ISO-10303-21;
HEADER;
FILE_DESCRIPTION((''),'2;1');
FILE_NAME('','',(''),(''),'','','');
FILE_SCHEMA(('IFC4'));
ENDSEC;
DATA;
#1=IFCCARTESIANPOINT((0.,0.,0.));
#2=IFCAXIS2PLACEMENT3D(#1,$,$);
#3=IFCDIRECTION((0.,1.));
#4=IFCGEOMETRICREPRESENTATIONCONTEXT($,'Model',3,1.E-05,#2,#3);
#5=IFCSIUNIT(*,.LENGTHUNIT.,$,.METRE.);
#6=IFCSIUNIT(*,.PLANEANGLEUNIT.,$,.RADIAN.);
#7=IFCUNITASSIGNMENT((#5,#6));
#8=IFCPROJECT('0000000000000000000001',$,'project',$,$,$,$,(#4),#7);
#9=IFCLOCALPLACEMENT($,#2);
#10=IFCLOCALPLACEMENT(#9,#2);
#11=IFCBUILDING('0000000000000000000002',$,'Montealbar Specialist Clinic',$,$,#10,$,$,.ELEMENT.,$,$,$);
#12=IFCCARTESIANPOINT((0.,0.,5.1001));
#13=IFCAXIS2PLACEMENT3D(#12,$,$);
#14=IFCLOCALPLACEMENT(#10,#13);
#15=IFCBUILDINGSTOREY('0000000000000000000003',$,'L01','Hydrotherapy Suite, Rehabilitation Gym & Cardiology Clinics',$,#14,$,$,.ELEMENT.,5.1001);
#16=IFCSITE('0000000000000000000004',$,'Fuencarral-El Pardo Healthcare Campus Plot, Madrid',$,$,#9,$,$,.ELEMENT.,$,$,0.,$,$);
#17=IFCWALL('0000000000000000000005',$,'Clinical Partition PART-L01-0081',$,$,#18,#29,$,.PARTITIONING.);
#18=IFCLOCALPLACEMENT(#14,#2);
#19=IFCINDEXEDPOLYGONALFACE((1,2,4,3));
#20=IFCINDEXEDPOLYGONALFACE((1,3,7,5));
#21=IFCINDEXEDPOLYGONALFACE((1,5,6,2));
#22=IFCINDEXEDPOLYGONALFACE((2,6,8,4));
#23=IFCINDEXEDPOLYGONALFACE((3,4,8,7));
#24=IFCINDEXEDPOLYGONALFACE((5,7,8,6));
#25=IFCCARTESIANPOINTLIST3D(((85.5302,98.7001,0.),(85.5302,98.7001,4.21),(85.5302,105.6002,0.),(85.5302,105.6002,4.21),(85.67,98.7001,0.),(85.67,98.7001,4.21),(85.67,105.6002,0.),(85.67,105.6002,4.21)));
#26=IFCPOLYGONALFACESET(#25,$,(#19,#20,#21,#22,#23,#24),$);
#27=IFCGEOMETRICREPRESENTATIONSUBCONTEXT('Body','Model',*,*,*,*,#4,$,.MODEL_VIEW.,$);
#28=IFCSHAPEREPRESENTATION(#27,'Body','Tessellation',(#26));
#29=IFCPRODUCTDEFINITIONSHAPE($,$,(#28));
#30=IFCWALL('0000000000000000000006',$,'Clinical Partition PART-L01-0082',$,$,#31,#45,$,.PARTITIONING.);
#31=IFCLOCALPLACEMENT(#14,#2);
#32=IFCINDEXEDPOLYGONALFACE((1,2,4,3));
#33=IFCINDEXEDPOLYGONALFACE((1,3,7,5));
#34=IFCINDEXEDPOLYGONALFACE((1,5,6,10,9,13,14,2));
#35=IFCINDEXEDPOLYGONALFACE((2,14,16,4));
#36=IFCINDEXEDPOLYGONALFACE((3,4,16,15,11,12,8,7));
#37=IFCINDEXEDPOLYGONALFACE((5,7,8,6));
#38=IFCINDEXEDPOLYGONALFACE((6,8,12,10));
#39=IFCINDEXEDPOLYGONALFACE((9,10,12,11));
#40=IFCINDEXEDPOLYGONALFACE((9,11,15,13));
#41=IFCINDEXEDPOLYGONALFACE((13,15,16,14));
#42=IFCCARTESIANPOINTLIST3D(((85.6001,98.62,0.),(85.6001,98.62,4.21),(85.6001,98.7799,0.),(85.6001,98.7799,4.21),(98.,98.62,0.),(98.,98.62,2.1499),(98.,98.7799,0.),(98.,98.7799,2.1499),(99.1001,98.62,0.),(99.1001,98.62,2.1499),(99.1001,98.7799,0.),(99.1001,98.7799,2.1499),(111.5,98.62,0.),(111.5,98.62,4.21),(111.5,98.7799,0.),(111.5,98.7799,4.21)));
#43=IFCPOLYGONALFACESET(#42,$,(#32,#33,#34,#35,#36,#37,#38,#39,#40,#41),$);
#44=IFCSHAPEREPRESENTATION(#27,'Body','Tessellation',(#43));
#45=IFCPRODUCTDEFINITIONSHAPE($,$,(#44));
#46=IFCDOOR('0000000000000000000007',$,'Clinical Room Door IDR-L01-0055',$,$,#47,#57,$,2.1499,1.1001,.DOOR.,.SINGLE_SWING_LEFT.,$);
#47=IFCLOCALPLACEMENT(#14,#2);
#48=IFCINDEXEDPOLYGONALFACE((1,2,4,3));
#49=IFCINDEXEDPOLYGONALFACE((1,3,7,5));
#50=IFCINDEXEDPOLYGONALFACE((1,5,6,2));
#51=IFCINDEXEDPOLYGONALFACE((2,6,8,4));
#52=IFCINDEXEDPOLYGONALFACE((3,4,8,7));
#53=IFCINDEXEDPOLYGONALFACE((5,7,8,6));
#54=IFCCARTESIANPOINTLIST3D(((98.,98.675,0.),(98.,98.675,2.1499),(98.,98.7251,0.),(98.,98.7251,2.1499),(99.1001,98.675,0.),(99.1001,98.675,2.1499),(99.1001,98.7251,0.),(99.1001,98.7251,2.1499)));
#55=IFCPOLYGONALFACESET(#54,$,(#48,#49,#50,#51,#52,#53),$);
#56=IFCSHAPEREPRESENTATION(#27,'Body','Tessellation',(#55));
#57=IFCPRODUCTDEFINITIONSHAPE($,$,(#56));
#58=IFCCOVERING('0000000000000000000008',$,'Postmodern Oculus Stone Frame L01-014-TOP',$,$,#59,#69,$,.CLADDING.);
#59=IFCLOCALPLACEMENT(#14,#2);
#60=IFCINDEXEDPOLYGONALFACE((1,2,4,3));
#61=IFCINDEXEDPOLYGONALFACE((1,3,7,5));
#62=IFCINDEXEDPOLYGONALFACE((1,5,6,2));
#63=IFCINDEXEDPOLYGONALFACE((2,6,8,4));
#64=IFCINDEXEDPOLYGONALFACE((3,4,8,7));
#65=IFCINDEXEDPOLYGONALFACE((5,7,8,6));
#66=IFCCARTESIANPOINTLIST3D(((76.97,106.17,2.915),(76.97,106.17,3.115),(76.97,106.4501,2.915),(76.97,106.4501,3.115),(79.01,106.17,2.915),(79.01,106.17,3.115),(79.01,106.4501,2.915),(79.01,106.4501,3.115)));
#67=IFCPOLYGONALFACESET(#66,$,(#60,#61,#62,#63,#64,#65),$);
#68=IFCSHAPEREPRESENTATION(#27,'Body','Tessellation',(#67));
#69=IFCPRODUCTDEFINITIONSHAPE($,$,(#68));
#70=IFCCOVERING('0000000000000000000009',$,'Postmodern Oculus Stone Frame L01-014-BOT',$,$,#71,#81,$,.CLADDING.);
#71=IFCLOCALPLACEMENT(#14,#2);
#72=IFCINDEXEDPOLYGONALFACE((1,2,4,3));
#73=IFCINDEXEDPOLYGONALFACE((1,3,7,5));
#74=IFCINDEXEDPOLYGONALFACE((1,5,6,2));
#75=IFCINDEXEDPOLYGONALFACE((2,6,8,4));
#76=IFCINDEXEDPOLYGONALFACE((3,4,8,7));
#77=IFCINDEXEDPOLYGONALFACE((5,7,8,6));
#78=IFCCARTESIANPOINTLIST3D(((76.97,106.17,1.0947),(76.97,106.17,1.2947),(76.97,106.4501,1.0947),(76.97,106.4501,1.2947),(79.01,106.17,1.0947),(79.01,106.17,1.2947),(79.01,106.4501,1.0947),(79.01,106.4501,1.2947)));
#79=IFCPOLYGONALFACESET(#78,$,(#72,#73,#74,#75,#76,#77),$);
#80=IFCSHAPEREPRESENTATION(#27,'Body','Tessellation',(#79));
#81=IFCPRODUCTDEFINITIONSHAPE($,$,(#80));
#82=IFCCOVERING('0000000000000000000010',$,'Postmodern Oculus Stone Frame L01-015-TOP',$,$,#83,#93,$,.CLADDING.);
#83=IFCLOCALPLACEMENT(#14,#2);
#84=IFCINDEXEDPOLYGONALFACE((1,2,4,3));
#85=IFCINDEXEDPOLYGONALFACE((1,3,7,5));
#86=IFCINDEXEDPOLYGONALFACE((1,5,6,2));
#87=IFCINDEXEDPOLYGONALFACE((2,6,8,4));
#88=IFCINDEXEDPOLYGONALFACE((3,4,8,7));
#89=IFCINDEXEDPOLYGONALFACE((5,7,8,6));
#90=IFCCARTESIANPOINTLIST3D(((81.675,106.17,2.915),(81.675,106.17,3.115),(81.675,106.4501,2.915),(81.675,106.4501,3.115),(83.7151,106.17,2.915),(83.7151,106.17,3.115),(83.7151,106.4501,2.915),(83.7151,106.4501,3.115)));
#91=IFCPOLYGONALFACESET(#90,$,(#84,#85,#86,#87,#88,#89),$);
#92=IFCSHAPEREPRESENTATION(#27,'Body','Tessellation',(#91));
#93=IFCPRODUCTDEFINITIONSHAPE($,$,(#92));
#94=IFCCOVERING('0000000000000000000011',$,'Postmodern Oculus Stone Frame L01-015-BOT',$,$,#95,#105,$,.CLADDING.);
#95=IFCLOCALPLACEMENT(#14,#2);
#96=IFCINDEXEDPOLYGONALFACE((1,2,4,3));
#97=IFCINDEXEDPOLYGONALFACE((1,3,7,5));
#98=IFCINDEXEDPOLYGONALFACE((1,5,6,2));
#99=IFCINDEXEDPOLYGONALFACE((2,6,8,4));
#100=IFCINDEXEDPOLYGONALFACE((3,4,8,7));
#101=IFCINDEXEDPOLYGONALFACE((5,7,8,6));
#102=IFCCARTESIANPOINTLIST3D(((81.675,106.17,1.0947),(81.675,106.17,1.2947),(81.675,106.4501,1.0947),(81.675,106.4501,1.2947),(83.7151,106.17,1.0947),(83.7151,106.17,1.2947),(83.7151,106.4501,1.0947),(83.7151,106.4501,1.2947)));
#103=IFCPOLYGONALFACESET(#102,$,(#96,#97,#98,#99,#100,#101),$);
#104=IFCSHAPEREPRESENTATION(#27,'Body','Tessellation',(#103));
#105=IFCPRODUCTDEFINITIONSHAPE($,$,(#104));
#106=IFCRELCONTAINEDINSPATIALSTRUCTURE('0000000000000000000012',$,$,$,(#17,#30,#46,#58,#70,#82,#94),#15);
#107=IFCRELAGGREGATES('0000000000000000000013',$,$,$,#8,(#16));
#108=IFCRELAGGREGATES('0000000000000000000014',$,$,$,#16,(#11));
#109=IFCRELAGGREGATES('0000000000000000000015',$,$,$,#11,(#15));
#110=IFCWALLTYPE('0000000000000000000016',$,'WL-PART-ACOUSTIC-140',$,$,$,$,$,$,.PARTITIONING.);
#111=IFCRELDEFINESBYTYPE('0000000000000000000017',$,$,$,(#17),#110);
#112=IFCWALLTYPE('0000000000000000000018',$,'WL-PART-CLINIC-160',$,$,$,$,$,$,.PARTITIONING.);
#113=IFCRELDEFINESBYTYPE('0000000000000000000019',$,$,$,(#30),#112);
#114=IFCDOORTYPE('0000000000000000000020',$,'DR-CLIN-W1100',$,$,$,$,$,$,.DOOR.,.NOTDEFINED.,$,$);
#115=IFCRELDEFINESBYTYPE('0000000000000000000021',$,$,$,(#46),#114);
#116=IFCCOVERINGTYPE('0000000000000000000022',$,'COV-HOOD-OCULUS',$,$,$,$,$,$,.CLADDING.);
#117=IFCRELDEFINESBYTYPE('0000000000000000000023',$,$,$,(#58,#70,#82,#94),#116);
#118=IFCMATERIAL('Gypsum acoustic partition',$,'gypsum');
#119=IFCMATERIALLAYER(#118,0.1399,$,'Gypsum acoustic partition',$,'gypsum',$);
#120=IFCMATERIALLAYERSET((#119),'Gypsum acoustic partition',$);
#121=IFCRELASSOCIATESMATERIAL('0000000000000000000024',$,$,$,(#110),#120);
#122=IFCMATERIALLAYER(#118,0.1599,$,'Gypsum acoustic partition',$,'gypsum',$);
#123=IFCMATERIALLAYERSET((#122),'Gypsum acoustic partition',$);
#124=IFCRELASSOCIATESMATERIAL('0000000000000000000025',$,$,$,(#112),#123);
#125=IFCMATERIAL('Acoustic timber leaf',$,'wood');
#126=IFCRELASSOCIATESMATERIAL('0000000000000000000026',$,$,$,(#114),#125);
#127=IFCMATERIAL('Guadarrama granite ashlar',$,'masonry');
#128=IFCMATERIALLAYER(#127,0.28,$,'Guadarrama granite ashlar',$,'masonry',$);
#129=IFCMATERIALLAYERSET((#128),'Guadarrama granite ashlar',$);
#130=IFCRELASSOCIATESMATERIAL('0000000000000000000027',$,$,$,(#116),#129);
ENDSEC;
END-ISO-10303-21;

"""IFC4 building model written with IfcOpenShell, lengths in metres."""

from ifc_helpers import new_model, si_unit, direction, frame, frame_2d, origin, origin_2d, place, context, subcontext, project, spatial, rectangle, extrude, material, layer, layer_set, type_object, element, fill, save


model = new_model("IFC4")

# Units and contexts
model_context = context("Model", 3, precision=1e-05, world=origin(), true_north=direction((0.0, 1.0)))
body_context = subcontext(model_context, "Body", "Model", "MODEL_VIEW")
ifc_project = project(units=[si_unit("LENGTHUNIT", "METRE"), si_unit("PLANEANGLEUNIT", "RADIAN")], contexts=[model_context])

# Site, building, storey
site_placement = place(None, origin())
site = spatial("IfcSite", under=ifc_project, at=site_placement, Name="Fuencarral-El Pardo Healthcare Campus Plot, Madrid", CompositionType="ELEMENT", RefElevation=0.0)
building_placement = place(site_placement, origin())
building = spatial("IfcBuilding", under=site, at=building_placement, Name="Montealbar Specialist Clinic", CompositionType="ELEMENT")
storey_placement = place(building_placement, frame((0.0, 0.0, 5.1001)))
storey = spatial("IfcBuildingStorey", under=building, at=storey_placement, Name="L01", Description="Hydrotherapy Suite, Rehabilitation Gym & Cardiology Clinics", CompositionType="ELEMENT", Elevation=5.1001)

# Shared definitions
ifc_material_1 = material(Name="Guadarrama granite ashlar", Category="masonry")

# Wall
ifc_material_2 = material(Name="Gypsum acoustic partition", Category="gypsum")
ifc_layer_1 = layer(ifc_material_2, 0.1399, Name="Gypsum acoustic partition", Category="gypsum")
ifc_layer_set_1 = layer_set([ifc_layer_1], Name="Gypsum acoustic partition")
wall_type_1 = type_object("IfcWallType", Name="WL-PART-ACOUSTIC-140", PredefinedType="PARTITIONING", material=ifc_layer_set_1)
wall_1_placement = place(storey_placement, frame((85.6001, 98.7, 0.0), z_axis=(0.0, 0.0, 1.0), x_axis=(0.0, 1.0, 0.0)))
element("IfcWall", 1, at=wall_1_placement, inside=storey, type_object=wall_type_1, Name="Clinical Partition PART-L01-0081", PredefinedType="PARTITIONING", context=body_context, shape_type="SweptSolid", body=[
    extrude(rectangle(XDim=6.9001, YDim=0.1399, at=frame_2d((3.4502, 0.0))), origin(), (0.0, 0.0, 1.0), 4.21),
])

# Wall, opening, door
ifc_layer_2 = layer(ifc_material_2, 0.1599, Name="Gypsum acoustic partition", Category="gypsum")
ifc_layer_set_2 = layer_set([ifc_layer_2], Name="Gypsum acoustic partition")
wall_type_2 = type_object("IfcWallType", Name="WL-PART-CLINIC-160", PredefinedType="PARTITIONING", material=ifc_layer_set_2)
wall_2_placement = place(storey_placement, frame((85.6001, 98.7, 0.0), z_axis=(0.0, 0.0, 1.0), x_axis=(1.0, 0.0, 0.0)))
wall_2 = element("IfcWall", 2, at=wall_2_placement, inside=storey, type_object=wall_type_2, Name="Clinical Partition PART-L01-0082", PredefinedType="PARTITIONING", context=body_context, shape_type="SweptSolid", body=[
    extrude(rectangle(XDim=25.8999, YDim=0.1599, at=frame_2d((12.95, 0.0))), origin(), (0.0, 0.0, 1.0), 4.21),
])
opening_placement = place(wall_2_placement, frame((12.3999, 0.0, 0.0)))
opening = element("IfcOpeningElement", 3, at=opening_placement, cuts=wall_2, PredefinedType="OPENING", context=body_context, shape_type="SweptSolid", body=[
    extrude(rectangle(XDim=1.1001, YDim=2.1499, at=frame_2d((0.55, 1.075))), frame((0.0, 0.0898, 0.0), z_axis=(0.0, -1.0, 0.0), x_axis=(1.0, 0.0, 0.0)), (0.0, 0.0, 1.0), 0.1799),
])
ifc_material_3 = material(Name="Acoustic timber leaf", Category="wood")
door_type = type_object("IfcDoorType", Name="DR-CLIN-W1100", OperationType="NOTDEFINED", PredefinedType="DOOR", material=ifc_material_3)
door_placement = place(opening_placement, frame((1.1001, 0.0, 0.0), z_axis=(0.0, 0.0, 1.0), x_axis=(-1.0, 0.0, 0.0)))
door = element("IfcDoor", 4, at=door_placement, inside=storey, type_object=door_type, Name="Clinical Room Door IDR-L01-0055", OperationType="SINGLE_SWING_LEFT", OverallHeight=2.1499, OverallWidth=1.1001, PredefinedType="DOOR", context=body_context, shape_type="SweptSolid", body=[
    extrude(rectangle(XDim=1.1001, YDim=2.1499, at=frame_2d((0.55, 1.075))), frame((0.0, 0.0249, 0.0), z_axis=(0.0, -1.0, 0.0), x_axis=(1.0, 0.0, 0.0)), (0.0, 0.0, 1.0), 0.05),
])
fill(opening, door)

# Coverings
ifc_layer_3 = layer(ifc_material_1, 0.28, Name="Guadarrama granite ashlar", Category="masonry")
ifc_layer_set_3 = layer_set([ifc_layer_3], Name="Guadarrama granite ashlar")
covering_type = type_object("IfcCoveringType", Name="COV-HOOD-OCULUS", PredefinedType="CLADDING", material=ifc_layer_set_3)
for number, where, z_axis, x_axis, name in (
    (5, (77.99, 106.3101, 2.915), (0.0, 0.0, 1.0), (1.0, 0.0, 0.0), "Postmodern Oculus Stone Frame L01-014-TOP"),
    (6, (77.99, 106.3101, 1.0947), (0.0, 0.0, 1.0), (1.0, 0.0, 0.0), "Postmodern Oculus Stone Frame L01-014-BOT"),
    (7, (82.6951, 106.3101, 2.915), (0.0, 0.0, 1.0), (1.0, 0.0, 0.0), "Postmodern Oculus Stone Frame L01-015-TOP"),
    (8, (82.6951, 106.3101, 1.0947), (0.0, 0.0, 1.0), (1.0, 0.0, 0.0), "Postmodern Oculus Stone Frame L01-015-BOT"),
):
    element("IfcCovering", number, at=place(storey_placement, frame(where, z_axis=z_axis, x_axis=x_axis)), inside=storey, type_object=covering_type, Name=name, PredefinedType="CLADDING", context=body_context, shape_type="SweptSolid", body=[
        extrude(rectangle(XDim=2.04, YDim=0.28, at=origin_2d()), origin(), (0.0, 0.0, 1.0), 0.2),
    ])

save(model, "model.ifc")
